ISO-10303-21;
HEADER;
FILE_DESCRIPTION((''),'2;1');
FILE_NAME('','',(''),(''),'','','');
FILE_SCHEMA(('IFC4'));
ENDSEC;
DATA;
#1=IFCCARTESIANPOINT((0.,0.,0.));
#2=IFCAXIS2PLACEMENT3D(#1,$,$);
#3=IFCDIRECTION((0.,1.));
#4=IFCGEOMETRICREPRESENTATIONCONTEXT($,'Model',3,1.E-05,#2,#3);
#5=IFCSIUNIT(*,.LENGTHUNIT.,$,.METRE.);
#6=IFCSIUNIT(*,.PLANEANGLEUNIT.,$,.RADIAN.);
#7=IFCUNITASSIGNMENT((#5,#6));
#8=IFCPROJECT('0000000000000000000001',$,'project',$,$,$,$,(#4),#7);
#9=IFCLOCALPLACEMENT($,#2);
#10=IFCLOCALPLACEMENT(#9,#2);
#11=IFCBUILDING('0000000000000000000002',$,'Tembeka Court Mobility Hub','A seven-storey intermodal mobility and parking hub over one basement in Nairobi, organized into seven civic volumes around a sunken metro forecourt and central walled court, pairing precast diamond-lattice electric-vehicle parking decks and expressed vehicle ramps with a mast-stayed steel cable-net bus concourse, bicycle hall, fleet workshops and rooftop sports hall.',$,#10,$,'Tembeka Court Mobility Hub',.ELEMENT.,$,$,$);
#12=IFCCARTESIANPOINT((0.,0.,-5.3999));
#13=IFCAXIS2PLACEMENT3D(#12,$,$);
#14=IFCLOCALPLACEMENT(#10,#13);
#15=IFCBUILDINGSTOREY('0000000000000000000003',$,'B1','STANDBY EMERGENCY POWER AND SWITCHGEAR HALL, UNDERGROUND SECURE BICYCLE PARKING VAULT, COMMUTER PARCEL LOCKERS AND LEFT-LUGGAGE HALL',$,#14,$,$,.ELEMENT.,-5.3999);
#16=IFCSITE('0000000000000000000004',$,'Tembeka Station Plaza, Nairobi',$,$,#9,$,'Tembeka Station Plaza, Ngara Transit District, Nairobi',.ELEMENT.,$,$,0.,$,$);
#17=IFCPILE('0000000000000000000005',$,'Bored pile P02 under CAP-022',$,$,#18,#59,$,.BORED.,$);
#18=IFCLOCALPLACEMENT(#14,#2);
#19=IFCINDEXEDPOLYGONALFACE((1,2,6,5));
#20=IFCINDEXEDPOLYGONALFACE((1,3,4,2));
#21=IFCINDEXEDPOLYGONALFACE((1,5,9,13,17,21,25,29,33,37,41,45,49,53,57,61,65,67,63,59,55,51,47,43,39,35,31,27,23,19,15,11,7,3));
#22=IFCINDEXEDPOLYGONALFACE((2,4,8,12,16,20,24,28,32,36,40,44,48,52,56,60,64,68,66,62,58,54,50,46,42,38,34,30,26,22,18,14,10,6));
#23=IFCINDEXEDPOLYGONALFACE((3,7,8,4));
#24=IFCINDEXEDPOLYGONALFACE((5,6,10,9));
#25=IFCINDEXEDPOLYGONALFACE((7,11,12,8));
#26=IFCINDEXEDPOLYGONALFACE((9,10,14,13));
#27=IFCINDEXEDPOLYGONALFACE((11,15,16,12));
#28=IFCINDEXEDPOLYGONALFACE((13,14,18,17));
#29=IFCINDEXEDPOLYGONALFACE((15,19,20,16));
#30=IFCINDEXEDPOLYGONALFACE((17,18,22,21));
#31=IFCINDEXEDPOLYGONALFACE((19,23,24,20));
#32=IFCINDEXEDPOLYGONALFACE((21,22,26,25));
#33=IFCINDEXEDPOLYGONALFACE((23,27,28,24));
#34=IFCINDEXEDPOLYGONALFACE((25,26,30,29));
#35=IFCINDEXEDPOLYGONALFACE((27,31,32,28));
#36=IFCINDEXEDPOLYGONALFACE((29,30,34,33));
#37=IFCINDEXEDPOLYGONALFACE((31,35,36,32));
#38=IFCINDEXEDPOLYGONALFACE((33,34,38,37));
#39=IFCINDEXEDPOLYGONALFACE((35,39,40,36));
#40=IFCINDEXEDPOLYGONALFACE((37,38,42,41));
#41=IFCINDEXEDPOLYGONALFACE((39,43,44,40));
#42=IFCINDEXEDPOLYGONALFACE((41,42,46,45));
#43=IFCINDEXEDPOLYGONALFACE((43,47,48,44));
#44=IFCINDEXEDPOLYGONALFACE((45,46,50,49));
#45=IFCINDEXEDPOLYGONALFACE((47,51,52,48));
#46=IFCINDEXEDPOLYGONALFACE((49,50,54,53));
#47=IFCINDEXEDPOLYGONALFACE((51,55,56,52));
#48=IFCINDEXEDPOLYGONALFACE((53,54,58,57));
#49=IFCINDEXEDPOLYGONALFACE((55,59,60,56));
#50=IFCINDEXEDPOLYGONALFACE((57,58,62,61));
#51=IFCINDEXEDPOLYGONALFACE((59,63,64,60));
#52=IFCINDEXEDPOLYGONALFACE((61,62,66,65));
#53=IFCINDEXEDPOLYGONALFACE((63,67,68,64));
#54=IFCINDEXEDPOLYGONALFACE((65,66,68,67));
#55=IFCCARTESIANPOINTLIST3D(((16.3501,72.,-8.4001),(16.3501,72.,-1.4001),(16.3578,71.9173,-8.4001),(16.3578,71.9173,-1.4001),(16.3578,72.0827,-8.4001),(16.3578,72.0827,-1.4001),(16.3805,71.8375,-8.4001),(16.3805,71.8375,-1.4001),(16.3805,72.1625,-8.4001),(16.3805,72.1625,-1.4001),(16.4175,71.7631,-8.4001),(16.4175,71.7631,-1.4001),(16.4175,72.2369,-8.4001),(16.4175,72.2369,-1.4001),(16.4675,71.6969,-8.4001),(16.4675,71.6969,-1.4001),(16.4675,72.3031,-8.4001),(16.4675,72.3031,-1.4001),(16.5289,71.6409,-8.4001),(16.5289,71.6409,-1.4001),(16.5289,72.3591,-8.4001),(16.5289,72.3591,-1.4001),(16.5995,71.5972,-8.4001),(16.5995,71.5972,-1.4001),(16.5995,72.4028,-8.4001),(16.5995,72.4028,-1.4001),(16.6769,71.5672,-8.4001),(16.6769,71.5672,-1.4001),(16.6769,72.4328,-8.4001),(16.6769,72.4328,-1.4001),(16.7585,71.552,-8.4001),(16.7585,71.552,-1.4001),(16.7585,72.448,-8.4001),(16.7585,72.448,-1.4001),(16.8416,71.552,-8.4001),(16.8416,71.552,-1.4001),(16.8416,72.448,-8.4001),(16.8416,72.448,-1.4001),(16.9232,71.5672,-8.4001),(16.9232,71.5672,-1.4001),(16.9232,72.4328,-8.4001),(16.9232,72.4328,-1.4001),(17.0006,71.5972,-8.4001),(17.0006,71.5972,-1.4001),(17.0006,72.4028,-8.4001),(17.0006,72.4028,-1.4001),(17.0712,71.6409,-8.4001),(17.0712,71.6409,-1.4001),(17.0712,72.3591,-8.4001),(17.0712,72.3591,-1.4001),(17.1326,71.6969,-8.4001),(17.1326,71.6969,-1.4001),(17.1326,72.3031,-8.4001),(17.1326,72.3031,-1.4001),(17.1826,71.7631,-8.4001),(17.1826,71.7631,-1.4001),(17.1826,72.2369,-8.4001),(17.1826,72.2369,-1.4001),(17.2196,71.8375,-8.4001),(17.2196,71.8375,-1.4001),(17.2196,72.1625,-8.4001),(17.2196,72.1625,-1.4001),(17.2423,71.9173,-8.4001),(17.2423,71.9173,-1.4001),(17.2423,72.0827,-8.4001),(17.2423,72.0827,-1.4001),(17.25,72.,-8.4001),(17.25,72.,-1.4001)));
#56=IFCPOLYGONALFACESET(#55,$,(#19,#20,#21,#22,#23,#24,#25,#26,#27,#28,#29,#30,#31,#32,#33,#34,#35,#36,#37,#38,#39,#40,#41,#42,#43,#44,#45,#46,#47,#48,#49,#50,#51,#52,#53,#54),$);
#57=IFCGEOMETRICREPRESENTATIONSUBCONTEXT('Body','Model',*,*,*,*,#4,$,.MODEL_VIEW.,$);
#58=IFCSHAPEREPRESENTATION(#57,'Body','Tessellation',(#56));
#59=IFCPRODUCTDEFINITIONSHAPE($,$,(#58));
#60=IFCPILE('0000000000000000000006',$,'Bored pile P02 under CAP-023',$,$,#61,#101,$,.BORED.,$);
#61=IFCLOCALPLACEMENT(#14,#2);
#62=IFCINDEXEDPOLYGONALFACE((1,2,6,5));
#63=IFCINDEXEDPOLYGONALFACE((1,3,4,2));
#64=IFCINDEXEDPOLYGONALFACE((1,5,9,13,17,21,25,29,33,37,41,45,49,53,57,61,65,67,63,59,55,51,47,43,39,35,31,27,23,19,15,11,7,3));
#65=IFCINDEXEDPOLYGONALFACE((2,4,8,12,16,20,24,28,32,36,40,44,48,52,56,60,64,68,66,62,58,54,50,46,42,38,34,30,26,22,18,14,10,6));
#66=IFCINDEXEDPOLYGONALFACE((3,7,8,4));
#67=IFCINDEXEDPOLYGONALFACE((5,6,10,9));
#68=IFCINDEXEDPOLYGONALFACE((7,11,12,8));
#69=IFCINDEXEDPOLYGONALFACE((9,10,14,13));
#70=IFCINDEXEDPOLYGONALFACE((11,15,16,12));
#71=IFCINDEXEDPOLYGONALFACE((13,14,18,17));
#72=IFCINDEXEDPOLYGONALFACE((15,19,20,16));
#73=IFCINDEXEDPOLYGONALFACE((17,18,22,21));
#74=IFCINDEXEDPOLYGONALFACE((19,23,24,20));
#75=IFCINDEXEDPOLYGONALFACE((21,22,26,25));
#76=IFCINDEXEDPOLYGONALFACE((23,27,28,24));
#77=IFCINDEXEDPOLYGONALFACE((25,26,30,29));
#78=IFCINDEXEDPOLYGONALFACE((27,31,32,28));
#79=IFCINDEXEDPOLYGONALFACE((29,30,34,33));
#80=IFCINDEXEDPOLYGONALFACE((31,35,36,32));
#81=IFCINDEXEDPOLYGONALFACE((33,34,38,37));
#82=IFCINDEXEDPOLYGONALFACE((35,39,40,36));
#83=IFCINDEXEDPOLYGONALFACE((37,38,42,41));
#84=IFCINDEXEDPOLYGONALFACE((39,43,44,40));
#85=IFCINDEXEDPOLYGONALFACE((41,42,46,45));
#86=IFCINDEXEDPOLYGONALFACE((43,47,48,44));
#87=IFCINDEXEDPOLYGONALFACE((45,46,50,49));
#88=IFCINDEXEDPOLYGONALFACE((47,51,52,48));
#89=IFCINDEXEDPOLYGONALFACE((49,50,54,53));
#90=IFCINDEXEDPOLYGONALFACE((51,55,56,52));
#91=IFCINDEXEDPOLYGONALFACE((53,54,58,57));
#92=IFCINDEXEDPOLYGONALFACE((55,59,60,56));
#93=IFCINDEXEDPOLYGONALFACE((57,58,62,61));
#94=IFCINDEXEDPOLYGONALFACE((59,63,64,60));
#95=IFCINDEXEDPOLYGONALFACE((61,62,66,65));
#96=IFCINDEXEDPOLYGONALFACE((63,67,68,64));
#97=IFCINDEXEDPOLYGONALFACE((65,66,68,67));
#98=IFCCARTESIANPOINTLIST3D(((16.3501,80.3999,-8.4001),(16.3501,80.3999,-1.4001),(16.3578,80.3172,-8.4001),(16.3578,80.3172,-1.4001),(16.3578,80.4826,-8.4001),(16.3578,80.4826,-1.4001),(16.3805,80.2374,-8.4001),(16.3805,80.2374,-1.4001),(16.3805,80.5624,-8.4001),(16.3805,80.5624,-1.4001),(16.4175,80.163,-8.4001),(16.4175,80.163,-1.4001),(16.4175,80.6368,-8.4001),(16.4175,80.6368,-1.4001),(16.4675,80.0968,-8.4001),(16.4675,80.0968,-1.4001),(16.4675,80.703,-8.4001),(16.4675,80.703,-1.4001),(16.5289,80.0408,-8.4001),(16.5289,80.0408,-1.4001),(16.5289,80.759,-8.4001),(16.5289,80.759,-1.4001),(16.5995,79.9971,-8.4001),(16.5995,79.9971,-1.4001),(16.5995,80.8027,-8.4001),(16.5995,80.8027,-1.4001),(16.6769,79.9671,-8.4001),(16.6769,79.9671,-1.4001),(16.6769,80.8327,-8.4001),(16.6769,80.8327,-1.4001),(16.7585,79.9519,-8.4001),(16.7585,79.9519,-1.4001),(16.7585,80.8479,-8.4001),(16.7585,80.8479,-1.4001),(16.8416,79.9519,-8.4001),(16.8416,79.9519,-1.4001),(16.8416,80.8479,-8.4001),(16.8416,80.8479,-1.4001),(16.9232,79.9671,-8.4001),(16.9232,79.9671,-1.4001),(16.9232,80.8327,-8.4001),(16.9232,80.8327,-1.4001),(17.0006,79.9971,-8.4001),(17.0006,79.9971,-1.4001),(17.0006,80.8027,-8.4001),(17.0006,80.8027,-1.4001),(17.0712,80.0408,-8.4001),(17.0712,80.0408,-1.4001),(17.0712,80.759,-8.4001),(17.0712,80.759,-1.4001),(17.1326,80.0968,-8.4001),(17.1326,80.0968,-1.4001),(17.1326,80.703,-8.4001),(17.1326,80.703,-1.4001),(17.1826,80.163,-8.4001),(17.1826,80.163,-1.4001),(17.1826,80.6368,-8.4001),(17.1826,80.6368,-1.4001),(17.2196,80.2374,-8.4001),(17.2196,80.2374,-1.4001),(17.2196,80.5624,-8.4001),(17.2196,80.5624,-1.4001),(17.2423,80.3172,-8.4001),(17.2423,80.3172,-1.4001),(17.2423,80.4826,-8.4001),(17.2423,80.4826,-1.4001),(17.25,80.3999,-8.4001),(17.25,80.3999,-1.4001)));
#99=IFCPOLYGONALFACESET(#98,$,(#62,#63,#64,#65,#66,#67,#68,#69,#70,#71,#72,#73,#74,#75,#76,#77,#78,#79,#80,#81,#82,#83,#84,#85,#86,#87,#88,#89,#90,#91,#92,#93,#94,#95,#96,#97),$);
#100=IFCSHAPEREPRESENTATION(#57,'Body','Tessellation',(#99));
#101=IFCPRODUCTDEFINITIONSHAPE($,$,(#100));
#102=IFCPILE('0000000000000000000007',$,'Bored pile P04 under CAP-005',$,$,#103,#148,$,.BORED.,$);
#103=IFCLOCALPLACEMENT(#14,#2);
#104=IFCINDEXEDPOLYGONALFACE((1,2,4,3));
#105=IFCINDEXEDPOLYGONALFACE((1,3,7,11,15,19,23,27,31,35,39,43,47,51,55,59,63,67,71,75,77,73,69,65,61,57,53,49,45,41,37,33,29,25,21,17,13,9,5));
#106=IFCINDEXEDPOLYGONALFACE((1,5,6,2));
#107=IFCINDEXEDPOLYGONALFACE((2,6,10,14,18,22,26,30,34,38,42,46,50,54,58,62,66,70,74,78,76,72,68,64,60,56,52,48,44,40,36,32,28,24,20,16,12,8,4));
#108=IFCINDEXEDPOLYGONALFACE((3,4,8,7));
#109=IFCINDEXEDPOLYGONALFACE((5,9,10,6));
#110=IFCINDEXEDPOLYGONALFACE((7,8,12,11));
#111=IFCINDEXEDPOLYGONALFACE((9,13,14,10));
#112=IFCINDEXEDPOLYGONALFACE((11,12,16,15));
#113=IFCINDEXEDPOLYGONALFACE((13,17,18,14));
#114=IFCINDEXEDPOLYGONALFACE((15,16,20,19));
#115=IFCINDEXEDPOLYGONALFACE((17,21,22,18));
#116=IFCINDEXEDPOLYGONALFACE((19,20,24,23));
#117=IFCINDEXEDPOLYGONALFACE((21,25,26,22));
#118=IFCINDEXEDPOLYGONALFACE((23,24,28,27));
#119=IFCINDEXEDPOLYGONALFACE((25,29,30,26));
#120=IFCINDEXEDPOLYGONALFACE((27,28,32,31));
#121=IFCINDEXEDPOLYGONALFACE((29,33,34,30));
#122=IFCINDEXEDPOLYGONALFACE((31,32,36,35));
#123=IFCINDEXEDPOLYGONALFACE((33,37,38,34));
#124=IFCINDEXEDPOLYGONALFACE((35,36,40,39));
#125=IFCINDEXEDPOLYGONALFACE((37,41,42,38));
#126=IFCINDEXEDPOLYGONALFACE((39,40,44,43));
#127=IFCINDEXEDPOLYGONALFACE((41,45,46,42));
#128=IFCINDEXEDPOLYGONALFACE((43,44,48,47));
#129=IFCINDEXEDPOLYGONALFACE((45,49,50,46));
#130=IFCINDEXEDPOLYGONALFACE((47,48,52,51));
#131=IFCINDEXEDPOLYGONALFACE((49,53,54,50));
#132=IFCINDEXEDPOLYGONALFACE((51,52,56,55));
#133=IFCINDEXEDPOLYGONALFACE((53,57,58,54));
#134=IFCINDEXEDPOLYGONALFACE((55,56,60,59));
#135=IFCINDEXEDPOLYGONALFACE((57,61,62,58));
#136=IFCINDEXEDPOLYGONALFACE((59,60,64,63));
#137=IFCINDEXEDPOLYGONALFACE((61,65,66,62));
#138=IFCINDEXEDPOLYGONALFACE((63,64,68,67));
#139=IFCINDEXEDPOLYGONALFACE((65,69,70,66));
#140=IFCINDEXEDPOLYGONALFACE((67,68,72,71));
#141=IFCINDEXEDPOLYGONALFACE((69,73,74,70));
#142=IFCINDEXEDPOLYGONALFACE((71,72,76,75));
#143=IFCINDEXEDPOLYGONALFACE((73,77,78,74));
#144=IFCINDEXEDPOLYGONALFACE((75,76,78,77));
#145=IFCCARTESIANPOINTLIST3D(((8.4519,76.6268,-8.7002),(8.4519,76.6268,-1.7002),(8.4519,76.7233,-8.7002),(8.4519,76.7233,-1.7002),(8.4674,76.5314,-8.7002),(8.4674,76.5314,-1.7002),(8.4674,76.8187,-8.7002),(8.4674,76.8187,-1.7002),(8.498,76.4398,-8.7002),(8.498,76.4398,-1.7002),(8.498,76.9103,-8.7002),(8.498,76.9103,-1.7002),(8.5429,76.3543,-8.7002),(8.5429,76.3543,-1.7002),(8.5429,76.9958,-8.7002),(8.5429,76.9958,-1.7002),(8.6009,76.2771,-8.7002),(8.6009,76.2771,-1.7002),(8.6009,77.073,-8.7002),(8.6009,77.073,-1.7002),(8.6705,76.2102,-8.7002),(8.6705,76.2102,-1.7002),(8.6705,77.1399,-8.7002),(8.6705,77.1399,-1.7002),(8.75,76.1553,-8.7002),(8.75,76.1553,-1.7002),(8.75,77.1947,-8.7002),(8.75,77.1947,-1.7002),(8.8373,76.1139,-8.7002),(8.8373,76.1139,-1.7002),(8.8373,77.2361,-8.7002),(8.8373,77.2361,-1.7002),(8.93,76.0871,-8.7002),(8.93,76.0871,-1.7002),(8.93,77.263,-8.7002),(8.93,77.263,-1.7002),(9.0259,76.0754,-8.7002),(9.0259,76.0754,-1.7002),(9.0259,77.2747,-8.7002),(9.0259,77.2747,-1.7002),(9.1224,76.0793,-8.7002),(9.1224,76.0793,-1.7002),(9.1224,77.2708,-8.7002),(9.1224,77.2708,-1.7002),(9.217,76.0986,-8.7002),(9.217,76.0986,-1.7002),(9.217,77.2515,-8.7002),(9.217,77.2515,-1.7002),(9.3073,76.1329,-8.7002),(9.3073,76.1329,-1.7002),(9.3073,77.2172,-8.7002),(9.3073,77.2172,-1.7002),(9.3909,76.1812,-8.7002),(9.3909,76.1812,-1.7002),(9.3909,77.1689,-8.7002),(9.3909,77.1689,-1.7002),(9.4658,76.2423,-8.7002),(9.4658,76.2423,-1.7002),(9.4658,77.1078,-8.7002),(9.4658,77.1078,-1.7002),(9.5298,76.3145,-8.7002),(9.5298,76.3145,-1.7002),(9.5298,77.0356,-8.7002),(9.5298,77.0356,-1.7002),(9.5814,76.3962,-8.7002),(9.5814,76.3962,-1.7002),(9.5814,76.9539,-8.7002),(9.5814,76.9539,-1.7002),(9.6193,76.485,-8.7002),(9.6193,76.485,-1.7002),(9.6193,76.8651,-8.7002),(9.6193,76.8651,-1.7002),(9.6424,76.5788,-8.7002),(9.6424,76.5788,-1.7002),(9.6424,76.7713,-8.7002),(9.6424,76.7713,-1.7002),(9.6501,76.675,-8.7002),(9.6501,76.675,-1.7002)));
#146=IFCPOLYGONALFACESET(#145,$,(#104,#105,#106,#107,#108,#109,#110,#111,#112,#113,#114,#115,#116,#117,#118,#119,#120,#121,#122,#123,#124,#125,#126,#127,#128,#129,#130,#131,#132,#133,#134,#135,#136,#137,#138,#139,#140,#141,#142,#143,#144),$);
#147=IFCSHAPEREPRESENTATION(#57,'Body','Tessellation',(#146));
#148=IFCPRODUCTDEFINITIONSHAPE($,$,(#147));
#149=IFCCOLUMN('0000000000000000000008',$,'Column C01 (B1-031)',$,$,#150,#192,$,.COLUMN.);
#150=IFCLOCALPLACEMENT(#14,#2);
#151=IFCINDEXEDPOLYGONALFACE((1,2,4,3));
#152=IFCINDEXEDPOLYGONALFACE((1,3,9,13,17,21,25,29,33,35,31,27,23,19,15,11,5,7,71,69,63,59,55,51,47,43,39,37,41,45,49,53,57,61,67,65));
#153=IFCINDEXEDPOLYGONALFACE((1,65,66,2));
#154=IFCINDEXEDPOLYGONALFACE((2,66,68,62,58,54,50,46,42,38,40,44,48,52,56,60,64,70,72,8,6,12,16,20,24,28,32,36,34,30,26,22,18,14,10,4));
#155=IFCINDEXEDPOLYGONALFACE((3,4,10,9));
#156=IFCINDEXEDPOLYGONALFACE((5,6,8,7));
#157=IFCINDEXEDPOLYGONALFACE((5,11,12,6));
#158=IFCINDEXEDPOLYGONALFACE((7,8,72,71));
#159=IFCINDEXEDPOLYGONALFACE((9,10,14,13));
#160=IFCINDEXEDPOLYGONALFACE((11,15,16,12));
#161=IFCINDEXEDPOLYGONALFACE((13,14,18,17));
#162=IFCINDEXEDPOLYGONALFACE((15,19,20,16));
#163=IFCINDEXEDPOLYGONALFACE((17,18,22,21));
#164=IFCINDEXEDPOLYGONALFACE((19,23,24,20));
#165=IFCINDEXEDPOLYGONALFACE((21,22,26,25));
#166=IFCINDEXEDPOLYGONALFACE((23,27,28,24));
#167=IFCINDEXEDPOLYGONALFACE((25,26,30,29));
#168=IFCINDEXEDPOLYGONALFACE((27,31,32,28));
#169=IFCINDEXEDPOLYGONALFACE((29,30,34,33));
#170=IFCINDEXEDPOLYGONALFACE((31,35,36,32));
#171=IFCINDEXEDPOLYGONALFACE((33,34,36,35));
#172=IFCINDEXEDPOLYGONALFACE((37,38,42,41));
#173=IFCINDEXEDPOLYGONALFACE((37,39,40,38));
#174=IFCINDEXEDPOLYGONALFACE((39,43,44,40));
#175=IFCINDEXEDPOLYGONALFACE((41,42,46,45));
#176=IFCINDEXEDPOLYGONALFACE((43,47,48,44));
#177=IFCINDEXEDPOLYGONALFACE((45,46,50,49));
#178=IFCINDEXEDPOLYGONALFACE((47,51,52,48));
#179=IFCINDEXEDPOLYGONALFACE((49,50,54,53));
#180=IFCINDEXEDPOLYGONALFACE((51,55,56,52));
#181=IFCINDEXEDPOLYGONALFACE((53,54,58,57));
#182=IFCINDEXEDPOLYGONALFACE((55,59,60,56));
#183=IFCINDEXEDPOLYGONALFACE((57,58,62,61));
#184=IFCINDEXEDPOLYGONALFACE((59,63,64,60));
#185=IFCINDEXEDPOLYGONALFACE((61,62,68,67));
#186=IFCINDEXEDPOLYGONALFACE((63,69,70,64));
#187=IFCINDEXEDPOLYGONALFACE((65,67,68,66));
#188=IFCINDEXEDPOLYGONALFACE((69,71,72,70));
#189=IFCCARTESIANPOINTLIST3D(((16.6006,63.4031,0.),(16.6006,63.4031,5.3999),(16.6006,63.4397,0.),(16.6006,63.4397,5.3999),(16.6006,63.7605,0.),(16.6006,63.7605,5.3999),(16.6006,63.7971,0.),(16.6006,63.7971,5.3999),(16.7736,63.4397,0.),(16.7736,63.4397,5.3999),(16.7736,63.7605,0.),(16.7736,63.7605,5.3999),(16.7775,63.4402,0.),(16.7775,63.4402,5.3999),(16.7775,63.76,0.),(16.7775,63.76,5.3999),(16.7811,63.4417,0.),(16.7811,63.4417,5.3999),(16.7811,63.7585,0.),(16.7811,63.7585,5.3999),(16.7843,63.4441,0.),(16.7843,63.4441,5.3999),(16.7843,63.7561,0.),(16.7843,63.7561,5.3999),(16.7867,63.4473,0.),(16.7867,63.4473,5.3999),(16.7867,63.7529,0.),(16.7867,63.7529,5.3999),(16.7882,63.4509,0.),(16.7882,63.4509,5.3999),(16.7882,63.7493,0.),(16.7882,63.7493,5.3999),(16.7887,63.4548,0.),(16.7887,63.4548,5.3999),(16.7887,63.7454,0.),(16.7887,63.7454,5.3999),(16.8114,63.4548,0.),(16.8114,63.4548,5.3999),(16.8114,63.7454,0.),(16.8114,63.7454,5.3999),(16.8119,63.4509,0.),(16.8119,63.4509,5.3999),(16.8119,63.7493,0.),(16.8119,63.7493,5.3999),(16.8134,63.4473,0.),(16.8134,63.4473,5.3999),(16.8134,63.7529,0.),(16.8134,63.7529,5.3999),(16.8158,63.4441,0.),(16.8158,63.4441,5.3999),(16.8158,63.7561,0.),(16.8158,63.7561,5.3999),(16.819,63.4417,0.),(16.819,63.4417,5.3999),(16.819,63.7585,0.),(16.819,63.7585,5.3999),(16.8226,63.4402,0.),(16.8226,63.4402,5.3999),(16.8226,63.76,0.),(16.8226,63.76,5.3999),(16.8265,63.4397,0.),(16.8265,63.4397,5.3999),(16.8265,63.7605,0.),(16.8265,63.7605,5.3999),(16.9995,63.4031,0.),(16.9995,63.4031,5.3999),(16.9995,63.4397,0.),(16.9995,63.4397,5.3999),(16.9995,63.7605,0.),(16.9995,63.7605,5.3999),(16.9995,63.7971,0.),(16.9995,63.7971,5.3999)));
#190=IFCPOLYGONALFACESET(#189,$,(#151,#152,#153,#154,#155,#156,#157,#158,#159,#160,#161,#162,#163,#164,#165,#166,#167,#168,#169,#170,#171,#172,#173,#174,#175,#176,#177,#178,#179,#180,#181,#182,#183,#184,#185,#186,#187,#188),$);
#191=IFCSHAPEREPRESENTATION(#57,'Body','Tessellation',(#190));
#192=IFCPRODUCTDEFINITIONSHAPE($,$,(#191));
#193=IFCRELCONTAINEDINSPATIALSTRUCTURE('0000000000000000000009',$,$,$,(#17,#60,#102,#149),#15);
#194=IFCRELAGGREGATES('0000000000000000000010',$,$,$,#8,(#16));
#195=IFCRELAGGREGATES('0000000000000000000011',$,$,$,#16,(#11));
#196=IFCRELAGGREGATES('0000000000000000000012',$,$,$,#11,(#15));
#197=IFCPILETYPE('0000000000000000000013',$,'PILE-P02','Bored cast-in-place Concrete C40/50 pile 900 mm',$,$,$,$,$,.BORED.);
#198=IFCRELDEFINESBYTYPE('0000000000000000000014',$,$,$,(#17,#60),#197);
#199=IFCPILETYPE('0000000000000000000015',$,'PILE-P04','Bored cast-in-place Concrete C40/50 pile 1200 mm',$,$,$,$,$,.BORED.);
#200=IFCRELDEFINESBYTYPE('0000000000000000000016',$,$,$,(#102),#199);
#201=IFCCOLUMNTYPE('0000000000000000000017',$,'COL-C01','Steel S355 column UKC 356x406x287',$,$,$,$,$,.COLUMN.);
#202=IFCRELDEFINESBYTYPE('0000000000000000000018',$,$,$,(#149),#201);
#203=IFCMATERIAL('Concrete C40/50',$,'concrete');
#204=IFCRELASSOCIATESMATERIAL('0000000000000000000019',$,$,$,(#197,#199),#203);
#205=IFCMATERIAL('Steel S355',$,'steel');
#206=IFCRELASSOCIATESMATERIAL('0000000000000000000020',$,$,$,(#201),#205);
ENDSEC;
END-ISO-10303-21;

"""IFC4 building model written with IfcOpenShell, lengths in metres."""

from ifc_helpers import new_model, si_unit, direction, frame, origin, origin_2d, place, context, subcontext, project, spatial, circle, i_section, extrude, material, material_profile, profile_set, type_object, element, save


model = new_model("IFC4")

# Units and contexts
model_context = context("Model", 3, precision=1e-05, world=origin(), true_north=direction((0.0, 1.0)))
body_context = subcontext(model_context, "Body", "Model", "MODEL_VIEW")
ifc_project = project(units=[si_unit("LENGTHUNIT", "METRE"), si_unit("PLANEANGLEUNIT", "RADIAN")], contexts=[model_context])

# Site, building, storey
site_placement = place(None, origin())
site = spatial("IfcSite", under=ifc_project, at=site_placement, Name="Tembeka Station Plaza, Nairobi", LongName="Tembeka Station Plaza, Ngara Transit District, Nairobi", CompositionType="ELEMENT", RefElevation=0.0)
building_placement = place(site_placement, origin())
building = spatial("IfcBuilding", under=site, at=building_placement, Name="Tembeka Court Mobility Hub", Description="A seven-storey intermodal mobility and parking hub over one basement in Nairobi, organized into seven civic volumes around a sunken metro forecourt and central walled court, pairing precast diamond-lattice electric-vehicle parking decks and expressed vehicle ramps with a mast-stayed steel cable-net bus concourse, bicycle hall, fleet workshops and rooftop sports hall.", LongName="Tembeka Court Mobility Hub", CompositionType="ELEMENT")
storey_placement = place(building_placement, frame((0.0, 0.0, -5.3999)))
storey = spatial("IfcBuildingStorey", under=building, at=storey_placement, Name="B1", Description="STANDBY EMERGENCY POWER AND SWITCHGEAR HALL, UNDERGROUND SECURE BICYCLE PARKING VAULT, COMMUTER PARCEL LOCKERS AND LEFT-LUGGAGE HALL", CompositionType="ELEMENT", Elevation=-5.3999)

# Shared definitions
ifc_material_1 = material(Name="Concrete C40/50", Category="concrete")

# Piles
ifc_material_profile_1 = material_profile(ifc_material_1, circle(Radius=0.45, at=origin_2d()), Name="PILE D900")
ifc_profile_set_1 = profile_set([ifc_material_profile_1], Name="Concrete C40/50")
pile_type_1 = type_object("IfcPileType", Name="PILE-P02", Description="Bored cast-in-place Concrete C40/50 pile 900 mm", PredefinedType="BORED", material=ifc_profile_set_1)
for number, where, z_axis, x_axis, name in (
    (1, (16.8, 72.0, -1.4001), (0.0, 0.0, -1.0), (1.0, 0.0, 0.0), "Bored pile P02 under CAP-022"),
    (2, (16.8, 80.3999, -1.4001), (0.0, 0.0, -1.0), (1.0, 0.0, 0.0), "Bored pile P02 under CAP-023"),
):
    element("IfcPile", number, at=place(storey_placement, frame(where, z_axis=z_axis, x_axis=x_axis)), inside=storey, type_object=pile_type_1, Name=name, PredefinedType="BORED", context=body_context, shape_type="SweptSolid", body=[
        extrude(circle(Radius=0.45, at=origin_2d()), origin(), (0.0, 0.0, 1.0), 7.0),
    ])
ifc_material_profile_2 = material_profile(ifc_material_1, circle(Radius=0.6001, at=origin_2d()), Name="PILE D1200")
ifc_profile_set_2 = profile_set([ifc_material_profile_2], Name="Concrete C40/50")
pile_type_2 = type_object("IfcPileType", Name="PILE-P04", Description="Bored cast-in-place Concrete C40/50 pile 1200 mm", PredefinedType="BORED", material=ifc_profile_set_2)
pile_placement = place(storey_placement, frame((9.05, 76.675, -1.7002), z_axis=(0.0, 0.0, -1.0), x_axis=(1.0, 0.0, 0.0)))
element("IfcPile", 3, at=pile_placement, inside=storey, type_object=pile_type_2, Name="Bored pile P04 under CAP-005", PredefinedType="BORED", context=body_context, shape_type="SweptSolid", body=[
    extrude(circle(Radius=0.6001, at=origin_2d()), origin(), (0.0, 0.0, 1.0), 7.0),
])

# Column
ifc_material_2 = material(Name="Steel S355", Category="steel")
ifc_material_profile_3 = material_profile(ifc_material_2, i_section(OverallWidth=0.3989, OverallDepth=0.394, WebThickness=0.0227, FlangeThickness=0.0366, FilletRadius=0.0151, at=origin_2d()), Name="UKC 356x406x287")
ifc_profile_set_3 = profile_set([ifc_material_profile_3], Name="Steel S355")
column_type = type_object("IfcColumnType", Name="COL-C01", Description="Steel S355 column UKC 356x406x287", PredefinedType="COLUMN", material=ifc_profile_set_3)
for number, where, z_axis, x_axis, name in (
    (4, (16.8, 63.6001, 0.0), (0.0, 0.0, 1.0), (1.0, 0.0, 0.0), "Column C01 (B1-031)"),
):
    element("IfcColumn", number, at=place(storey_placement, frame(where, z_axis=z_axis, x_axis=x_axis)), inside=storey, type_object=column_type, Name=name, PredefinedType="COLUMN", context=body_context, shape_type="SweptSolid", body=[
        extrude(i_section(OverallWidth=0.3989, OverallDepth=0.394, WebThickness=0.0227, FlangeThickness=0.0366, FilletRadius=0.0151, at=origin_2d()), origin(), (0.0, 0.0, 1.0), 5.3999),
    ])

save(model, "model.ifc")
